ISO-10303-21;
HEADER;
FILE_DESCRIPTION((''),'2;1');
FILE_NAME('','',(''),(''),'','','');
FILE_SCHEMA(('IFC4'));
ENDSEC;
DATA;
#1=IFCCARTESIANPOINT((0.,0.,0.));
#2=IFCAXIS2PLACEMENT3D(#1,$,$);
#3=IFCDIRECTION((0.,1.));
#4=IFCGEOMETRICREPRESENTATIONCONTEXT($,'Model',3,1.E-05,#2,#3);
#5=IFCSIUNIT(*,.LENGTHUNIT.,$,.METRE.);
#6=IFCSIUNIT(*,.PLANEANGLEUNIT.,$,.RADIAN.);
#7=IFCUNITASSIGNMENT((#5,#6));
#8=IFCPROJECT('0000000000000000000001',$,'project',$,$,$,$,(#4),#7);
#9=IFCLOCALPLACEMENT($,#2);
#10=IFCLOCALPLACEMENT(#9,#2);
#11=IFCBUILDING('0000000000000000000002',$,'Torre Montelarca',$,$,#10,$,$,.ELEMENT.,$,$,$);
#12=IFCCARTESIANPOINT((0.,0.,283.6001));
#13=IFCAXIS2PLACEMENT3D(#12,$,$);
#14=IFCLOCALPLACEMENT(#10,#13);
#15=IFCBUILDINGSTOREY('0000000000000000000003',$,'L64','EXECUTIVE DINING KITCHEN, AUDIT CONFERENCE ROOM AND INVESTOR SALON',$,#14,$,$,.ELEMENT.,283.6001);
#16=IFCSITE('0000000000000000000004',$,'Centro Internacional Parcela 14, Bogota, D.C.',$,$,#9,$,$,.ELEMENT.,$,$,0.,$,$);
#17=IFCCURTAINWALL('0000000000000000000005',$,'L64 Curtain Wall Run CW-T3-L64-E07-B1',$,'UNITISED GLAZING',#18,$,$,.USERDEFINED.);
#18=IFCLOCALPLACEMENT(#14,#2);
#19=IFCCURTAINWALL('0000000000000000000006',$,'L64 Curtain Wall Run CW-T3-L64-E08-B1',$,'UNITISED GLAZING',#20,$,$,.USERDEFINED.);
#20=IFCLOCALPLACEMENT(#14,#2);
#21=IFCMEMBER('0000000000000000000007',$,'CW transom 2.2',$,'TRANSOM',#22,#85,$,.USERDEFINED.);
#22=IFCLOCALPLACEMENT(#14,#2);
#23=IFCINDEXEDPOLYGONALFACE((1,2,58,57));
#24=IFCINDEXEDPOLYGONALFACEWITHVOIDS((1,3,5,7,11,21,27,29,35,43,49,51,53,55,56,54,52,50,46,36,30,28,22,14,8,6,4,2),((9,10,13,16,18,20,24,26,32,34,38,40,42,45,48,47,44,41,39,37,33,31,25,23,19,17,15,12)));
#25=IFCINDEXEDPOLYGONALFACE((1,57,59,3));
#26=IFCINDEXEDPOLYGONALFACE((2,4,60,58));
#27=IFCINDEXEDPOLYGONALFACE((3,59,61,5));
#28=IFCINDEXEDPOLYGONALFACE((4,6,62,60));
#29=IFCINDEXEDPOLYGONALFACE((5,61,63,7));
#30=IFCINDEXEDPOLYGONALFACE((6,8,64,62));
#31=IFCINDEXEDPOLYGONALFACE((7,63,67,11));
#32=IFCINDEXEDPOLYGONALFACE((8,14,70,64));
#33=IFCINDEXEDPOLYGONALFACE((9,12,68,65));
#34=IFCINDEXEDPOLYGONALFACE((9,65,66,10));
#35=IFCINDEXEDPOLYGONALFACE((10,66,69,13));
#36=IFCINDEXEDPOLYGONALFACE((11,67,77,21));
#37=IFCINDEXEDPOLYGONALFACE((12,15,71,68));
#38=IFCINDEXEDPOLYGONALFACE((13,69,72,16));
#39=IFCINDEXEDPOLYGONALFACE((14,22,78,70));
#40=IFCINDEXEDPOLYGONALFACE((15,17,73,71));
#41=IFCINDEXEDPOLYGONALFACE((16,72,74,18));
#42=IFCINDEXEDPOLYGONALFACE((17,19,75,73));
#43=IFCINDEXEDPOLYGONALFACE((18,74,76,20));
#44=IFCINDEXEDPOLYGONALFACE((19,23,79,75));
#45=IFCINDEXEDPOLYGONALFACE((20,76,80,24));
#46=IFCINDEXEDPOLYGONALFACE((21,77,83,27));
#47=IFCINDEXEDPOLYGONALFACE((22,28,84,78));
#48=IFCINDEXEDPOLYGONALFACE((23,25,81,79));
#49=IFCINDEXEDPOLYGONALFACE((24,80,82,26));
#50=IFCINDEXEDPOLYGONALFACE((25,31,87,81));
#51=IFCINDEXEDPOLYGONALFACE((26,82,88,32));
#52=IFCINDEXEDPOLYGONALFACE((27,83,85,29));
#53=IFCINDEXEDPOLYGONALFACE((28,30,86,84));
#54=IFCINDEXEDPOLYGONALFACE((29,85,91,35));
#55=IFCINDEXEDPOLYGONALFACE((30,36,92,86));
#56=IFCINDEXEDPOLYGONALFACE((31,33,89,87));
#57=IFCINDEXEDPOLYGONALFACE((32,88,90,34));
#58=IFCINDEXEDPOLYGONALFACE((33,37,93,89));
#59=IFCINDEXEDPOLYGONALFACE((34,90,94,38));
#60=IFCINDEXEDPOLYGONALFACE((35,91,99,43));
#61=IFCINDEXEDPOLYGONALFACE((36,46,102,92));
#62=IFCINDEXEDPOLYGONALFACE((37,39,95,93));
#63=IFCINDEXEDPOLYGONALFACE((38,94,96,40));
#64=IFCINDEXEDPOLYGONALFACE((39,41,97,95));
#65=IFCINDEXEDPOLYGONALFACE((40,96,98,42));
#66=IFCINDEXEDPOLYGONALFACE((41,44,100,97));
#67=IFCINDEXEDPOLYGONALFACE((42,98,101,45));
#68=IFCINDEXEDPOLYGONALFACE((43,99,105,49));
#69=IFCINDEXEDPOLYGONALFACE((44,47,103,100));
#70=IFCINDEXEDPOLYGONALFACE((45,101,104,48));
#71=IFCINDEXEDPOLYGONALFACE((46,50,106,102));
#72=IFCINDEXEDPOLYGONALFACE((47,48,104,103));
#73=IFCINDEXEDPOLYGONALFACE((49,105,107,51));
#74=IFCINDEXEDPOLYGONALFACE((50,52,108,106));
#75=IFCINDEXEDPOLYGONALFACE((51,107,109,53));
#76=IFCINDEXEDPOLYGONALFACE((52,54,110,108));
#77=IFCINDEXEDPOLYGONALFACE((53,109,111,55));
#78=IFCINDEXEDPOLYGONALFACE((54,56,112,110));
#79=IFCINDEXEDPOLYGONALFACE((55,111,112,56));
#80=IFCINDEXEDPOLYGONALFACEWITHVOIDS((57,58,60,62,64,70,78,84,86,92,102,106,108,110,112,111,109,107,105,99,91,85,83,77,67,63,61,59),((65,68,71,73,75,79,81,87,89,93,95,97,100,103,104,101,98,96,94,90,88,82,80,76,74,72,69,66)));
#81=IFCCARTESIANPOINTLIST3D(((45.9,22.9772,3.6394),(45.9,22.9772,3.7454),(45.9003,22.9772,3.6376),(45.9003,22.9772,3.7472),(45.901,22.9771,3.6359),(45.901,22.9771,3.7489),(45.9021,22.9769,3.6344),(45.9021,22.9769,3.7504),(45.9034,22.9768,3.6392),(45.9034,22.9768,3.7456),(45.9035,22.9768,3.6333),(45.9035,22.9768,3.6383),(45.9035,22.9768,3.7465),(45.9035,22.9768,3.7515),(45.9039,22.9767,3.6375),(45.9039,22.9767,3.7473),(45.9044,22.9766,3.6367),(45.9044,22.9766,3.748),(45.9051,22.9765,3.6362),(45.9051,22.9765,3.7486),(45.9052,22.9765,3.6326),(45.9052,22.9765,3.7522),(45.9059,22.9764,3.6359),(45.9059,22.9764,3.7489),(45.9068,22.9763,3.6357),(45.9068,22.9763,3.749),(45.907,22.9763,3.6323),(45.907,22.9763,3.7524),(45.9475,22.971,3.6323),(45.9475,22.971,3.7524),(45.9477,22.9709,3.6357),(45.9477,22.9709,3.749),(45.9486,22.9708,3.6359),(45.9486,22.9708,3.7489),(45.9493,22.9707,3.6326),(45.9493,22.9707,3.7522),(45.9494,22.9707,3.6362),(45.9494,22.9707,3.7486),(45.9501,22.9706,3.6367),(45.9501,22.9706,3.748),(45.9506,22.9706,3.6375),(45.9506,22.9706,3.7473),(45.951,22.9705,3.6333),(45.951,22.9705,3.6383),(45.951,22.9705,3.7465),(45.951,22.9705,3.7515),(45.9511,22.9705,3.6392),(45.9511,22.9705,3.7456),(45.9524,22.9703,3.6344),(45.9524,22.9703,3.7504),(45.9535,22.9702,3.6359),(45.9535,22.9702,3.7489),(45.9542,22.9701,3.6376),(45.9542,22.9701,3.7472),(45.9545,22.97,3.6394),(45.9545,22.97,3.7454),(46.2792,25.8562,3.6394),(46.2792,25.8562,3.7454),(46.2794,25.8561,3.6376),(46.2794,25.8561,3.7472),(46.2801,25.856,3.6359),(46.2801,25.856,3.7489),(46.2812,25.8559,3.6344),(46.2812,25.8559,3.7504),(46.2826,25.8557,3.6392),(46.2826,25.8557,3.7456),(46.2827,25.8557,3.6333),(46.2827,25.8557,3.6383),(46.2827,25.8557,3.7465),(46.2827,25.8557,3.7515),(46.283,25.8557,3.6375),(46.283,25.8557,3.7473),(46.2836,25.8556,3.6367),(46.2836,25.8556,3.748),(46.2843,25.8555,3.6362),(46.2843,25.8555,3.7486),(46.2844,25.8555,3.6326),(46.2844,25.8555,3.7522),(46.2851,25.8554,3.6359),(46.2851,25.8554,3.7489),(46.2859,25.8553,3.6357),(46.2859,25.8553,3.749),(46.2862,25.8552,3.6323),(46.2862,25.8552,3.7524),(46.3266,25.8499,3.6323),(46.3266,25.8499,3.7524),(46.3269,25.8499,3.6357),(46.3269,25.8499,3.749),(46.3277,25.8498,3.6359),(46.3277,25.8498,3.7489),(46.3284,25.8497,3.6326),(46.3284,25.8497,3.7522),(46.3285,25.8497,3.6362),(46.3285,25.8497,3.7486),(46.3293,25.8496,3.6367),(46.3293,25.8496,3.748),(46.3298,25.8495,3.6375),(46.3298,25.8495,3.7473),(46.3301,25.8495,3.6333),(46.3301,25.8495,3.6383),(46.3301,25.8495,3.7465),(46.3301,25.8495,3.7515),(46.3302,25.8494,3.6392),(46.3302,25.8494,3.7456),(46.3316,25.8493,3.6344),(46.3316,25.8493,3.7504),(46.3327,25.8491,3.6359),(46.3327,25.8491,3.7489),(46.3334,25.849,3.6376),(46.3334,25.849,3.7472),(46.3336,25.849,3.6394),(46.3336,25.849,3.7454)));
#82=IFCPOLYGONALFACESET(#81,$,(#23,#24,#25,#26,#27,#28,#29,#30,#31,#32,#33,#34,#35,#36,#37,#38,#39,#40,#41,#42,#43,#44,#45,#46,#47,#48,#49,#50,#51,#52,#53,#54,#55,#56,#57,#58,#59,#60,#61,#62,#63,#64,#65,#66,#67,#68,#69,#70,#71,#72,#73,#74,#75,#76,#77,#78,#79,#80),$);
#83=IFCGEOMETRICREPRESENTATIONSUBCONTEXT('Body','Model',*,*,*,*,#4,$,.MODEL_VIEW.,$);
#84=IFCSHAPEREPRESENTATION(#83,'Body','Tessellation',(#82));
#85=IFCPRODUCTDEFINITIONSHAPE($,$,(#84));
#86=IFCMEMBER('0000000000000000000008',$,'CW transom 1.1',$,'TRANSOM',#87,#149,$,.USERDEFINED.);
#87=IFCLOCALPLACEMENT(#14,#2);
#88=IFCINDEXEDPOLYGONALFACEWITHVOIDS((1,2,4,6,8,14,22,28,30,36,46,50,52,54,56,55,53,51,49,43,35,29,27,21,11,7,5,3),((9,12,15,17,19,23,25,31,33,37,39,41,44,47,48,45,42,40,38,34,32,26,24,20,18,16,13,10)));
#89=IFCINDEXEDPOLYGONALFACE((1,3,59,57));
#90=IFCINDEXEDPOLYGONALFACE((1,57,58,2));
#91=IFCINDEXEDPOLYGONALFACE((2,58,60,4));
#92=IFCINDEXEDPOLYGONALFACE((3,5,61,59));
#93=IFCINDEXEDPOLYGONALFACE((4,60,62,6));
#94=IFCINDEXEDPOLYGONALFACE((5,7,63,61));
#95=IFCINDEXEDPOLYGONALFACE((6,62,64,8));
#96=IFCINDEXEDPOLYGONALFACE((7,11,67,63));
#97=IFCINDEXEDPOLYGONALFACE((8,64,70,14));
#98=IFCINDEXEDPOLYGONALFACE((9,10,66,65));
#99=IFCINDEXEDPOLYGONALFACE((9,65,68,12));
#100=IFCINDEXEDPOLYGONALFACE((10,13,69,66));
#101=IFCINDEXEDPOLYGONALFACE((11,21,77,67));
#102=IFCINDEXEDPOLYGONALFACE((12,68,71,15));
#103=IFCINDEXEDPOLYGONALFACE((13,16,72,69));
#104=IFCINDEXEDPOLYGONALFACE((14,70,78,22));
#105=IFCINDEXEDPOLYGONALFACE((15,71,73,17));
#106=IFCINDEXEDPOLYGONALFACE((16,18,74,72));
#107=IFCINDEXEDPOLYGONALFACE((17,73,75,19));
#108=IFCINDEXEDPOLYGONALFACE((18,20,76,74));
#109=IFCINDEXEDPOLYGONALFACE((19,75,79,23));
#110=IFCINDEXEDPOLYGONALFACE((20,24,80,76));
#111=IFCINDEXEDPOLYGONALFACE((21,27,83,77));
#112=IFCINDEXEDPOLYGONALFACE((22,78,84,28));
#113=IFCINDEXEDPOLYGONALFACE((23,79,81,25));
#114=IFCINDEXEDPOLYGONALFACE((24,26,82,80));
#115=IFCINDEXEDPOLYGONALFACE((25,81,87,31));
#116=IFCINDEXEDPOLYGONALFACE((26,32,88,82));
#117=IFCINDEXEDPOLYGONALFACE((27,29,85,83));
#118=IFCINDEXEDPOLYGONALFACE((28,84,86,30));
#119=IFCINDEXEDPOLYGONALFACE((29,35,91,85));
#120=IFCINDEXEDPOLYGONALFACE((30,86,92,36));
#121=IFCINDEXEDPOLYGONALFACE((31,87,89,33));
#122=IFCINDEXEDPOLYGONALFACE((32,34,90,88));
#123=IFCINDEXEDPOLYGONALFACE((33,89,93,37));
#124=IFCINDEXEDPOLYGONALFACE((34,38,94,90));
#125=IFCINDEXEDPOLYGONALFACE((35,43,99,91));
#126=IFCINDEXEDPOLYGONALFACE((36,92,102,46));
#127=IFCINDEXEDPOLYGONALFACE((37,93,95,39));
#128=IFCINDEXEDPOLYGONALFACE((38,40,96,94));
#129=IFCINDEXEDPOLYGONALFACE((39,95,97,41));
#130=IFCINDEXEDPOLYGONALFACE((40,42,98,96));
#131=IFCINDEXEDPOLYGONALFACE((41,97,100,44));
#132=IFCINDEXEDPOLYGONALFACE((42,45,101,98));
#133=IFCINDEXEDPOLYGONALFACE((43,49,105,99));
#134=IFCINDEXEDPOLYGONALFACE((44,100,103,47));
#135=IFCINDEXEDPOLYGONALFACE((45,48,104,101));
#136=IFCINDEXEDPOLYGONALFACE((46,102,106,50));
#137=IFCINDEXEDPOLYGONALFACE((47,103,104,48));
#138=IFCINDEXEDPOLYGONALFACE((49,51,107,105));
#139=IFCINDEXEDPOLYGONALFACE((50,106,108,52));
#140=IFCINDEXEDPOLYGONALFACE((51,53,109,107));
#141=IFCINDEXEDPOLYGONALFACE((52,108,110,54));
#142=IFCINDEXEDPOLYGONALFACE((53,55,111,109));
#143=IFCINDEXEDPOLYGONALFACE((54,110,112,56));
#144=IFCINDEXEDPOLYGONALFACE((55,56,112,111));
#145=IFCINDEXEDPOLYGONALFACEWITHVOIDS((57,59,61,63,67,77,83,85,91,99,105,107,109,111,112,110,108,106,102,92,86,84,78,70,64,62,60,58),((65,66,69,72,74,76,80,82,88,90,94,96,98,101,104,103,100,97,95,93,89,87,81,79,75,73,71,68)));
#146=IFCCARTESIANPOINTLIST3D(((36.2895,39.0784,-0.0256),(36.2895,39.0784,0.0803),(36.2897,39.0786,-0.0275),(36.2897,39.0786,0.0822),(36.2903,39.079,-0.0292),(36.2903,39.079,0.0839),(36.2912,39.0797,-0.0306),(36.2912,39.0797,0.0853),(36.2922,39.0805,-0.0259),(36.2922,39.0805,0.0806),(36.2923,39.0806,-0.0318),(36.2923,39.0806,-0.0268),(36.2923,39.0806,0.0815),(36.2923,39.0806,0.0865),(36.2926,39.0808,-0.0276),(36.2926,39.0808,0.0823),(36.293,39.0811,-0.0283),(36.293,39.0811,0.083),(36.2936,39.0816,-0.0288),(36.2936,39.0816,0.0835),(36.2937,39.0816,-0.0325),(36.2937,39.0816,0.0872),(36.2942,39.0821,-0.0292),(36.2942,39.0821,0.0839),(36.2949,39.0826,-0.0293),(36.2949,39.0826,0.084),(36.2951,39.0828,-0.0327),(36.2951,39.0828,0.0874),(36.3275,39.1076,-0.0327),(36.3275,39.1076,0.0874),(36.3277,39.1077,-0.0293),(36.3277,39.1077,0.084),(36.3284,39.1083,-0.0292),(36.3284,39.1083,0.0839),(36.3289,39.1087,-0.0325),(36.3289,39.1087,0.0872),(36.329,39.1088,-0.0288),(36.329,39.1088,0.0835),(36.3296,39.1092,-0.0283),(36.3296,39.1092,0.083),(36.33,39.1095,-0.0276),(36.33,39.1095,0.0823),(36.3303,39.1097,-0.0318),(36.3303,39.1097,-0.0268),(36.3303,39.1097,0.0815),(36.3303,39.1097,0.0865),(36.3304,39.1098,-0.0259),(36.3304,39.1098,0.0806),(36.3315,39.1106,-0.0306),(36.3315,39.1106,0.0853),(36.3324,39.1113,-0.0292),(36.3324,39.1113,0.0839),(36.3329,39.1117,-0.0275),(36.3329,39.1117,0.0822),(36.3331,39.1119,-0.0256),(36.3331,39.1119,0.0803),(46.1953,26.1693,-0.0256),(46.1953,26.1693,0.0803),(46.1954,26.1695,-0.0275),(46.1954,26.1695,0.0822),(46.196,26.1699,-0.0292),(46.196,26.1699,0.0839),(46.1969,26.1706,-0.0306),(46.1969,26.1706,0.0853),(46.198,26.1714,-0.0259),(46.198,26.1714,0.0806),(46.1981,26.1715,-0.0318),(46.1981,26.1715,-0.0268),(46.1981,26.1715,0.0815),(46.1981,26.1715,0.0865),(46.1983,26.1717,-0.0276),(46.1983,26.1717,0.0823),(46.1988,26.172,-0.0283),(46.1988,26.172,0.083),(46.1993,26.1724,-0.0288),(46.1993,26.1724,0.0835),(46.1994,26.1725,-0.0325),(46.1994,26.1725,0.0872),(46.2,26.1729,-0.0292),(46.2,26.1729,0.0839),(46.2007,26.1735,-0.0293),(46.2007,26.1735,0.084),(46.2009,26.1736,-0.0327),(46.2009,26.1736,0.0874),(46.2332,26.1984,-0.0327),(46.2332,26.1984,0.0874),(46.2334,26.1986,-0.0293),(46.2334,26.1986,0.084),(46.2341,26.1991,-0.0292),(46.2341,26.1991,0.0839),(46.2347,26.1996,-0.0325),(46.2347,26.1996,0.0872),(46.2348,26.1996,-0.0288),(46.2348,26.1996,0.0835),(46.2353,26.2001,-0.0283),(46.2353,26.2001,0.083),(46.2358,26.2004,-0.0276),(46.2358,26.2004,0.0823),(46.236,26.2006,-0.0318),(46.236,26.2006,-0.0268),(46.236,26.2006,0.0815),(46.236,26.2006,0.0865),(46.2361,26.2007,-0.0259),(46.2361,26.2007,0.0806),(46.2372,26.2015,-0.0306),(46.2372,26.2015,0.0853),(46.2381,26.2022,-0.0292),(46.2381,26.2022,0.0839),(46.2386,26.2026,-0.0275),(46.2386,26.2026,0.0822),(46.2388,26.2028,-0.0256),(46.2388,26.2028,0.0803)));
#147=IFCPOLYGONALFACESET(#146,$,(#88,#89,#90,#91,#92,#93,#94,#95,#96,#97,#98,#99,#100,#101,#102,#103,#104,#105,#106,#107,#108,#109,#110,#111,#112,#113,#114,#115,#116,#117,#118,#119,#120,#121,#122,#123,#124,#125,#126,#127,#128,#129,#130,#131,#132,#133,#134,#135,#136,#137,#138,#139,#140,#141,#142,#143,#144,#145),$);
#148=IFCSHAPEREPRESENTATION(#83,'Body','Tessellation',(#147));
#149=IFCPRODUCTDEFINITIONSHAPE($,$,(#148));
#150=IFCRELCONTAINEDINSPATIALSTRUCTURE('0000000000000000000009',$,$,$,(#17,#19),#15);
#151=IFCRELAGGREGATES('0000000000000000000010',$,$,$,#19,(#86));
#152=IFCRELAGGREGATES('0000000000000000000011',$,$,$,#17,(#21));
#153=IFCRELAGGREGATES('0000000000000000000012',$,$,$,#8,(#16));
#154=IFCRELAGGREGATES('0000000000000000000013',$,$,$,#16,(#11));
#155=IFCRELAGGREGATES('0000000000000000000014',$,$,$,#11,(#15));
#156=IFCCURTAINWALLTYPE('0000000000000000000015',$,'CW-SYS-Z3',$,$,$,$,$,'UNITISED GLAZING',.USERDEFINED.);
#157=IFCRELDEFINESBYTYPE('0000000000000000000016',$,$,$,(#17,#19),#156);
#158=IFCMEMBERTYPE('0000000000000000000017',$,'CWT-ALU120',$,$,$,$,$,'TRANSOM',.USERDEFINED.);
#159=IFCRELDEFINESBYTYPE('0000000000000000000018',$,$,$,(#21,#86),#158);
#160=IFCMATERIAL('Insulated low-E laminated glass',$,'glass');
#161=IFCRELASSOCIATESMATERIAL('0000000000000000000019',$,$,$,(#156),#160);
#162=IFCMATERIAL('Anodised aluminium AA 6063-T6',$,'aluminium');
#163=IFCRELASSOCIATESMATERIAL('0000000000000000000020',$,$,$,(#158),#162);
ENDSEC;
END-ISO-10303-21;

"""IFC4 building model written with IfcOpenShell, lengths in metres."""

from ifc_helpers import new_model, si_unit, direction, frame, origin, origin_2d, place, context, subcontext, project, spatial, hollow_rectangle, extrude, source, transform, mapped, material, material_profile, profile_set, type_object, element, aggregate, save


model = new_model("IFC4")

# Units and contexts
model_context = context("Model", 3, precision=1e-05, world=origin(), true_north=direction((0.0, 1.0)))
body_context = subcontext(model_context, "Body", "Model", "MODEL_VIEW")
ifc_project = project(units=[si_unit("LENGTHUNIT", "METRE"), si_unit("PLANEANGLEUNIT", "RADIAN")], contexts=[model_context])

# Site, building, storey
site_placement = place(None, origin())
site = spatial("IfcSite", under=ifc_project, at=site_placement, Name="Centro Internacional Parcela 14, Bogota, D.C.", CompositionType="ELEMENT", RefElevation=0.0)
building_placement = place(site_placement, origin())
building = spatial("IfcBuilding", under=site, at=building_placement, Name="Torre Montelarca", CompositionType="ELEMENT")
storey_placement = place(building_placement, frame((0.0, 0.0, 283.6001)))
storey = spatial("IfcBuildingStorey", under=building, at=storey_placement, Name="L64", Description="EXECUTIVE DINING KITCHEN, AUDIT CONFERENCE ROOM AND INVESTOR SALON", CompositionType="ELEMENT", Elevation=283.6001)

# Curtain wall
ifc_material_1 = material(Name="Insulated low-E laminated glass", Category="glass")
curtain_wall_type = type_object("IfcCurtainWallType", Name="CW-SYS-Z3", ElementType="UNITISED GLAZING", PredefinedType="USERDEFINED", material=ifc_material_1)
curtain_wall_1_placement = place(storey_placement, origin())
curtain_wall_1 = element("IfcCurtainWall", 1, at=curtain_wall_1_placement, inside=storey, type_object=curtain_wall_type, Name="L64 Curtain Wall Run CW-T3-L64-E07-B1", ObjectType="UNITISED GLAZING", PredefinedType="USERDEFINED")
ifc_material_2 = material(Name="Anodised aluminium AA 6063-T6", Category="aluminium")
ifc_material_profile_1 = material_profile(ifc_material_2, hollow_rectangle(XDim=0.0549, YDim=0.1201, WallThickness=0.0034, InnerFilletRadius=0.0034, OuterFilletRadius=0.0071, at=origin_2d()), Name="ALU55X120X3.5", Category="aluminium")
ifc_profile_set_1 = profile_set([ifc_material_profile_1], Name="Anodised aluminium AA 6063-T6")
member_type_1 = type_object("IfcMemberType", Name="CWT-ALU120", ElementType="TRANSOM", PredefinedType="USERDEFINED", material=ifc_profile_set_1)

# Curtain wall
curtain_wall_2_placement = place(storey_placement, origin())
curtain_wall_2 = element("IfcCurtainWall", 2, at=curtain_wall_2_placement, inside=storey, type_object=curtain_wall_type, Name="L64 Curtain Wall Run CW-T3-L64-E08-B1", ObjectType="UNITISED GLAZING", PredefinedType="USERDEFINED")

# Members
shared_shape_1 = source(origin(), body_context, "Body", "SweptSolid", [
    extrude(hollow_rectangle(XDim=0.0549, YDim=0.1201, WallThickness=0.0034, InnerFilletRadius=0.0034, OuterFilletRadius=0.0071, at=origin_2d()), origin(), (0.0, 0.0, 1.0), 2.9038),
])
member_1_placement = place(storey_placement, frame((45.9272, 22.9736, 3.6924), z_axis=(0.130572, 0.991439, 0.0), x_axis=(-0.991439, 0.130572, 0.0)))
member_1 = element("IfcMember", 3, at=member_1_placement, type_object=member_type_1, Name="CW transom 2.2", ObjectType="TRANSOM", PredefinedType="USERDEFINED", context=body_context, shape_type="MappedRepresentation", body=[
    mapped(shared_shape_1, transform((0.0, 0.0, 0.0), scale=1.0)),
])
shared_shape_2 = source(origin(), body_context, "Body", "SweptSolid", [
    extrude(hollow_rectangle(XDim=0.0549, YDim=0.1201, WallThickness=0.0034, InnerFilletRadius=0.0034, OuterFilletRadius=0.0071, at=origin_2d()), origin(), (0.0, 0.0, 1.0), 16.2717),
])
member_2_placement = place(storey_placement, frame((46.217, 26.186, 0.0273), z_axis=(-0.608769, 0.793347, 0.0), x_axis=(-0.793347, -0.608769, 0.0)))
member_2 = element("IfcMember", 4, at=member_2_placement, type_object=member_type_1, Name="CW transom 1.1", ObjectType="TRANSOM", PredefinedType="USERDEFINED", context=body_context, shape_type="MappedRepresentation", body=[
    mapped(shared_shape_2, transform((0.0, 0.0, 0.0), scale=1.0)),
])
aggregate(curtain_wall_2, [member_2])

aggregate(curtain_wall_1, [member_1])

save(model, "model.ifc")
